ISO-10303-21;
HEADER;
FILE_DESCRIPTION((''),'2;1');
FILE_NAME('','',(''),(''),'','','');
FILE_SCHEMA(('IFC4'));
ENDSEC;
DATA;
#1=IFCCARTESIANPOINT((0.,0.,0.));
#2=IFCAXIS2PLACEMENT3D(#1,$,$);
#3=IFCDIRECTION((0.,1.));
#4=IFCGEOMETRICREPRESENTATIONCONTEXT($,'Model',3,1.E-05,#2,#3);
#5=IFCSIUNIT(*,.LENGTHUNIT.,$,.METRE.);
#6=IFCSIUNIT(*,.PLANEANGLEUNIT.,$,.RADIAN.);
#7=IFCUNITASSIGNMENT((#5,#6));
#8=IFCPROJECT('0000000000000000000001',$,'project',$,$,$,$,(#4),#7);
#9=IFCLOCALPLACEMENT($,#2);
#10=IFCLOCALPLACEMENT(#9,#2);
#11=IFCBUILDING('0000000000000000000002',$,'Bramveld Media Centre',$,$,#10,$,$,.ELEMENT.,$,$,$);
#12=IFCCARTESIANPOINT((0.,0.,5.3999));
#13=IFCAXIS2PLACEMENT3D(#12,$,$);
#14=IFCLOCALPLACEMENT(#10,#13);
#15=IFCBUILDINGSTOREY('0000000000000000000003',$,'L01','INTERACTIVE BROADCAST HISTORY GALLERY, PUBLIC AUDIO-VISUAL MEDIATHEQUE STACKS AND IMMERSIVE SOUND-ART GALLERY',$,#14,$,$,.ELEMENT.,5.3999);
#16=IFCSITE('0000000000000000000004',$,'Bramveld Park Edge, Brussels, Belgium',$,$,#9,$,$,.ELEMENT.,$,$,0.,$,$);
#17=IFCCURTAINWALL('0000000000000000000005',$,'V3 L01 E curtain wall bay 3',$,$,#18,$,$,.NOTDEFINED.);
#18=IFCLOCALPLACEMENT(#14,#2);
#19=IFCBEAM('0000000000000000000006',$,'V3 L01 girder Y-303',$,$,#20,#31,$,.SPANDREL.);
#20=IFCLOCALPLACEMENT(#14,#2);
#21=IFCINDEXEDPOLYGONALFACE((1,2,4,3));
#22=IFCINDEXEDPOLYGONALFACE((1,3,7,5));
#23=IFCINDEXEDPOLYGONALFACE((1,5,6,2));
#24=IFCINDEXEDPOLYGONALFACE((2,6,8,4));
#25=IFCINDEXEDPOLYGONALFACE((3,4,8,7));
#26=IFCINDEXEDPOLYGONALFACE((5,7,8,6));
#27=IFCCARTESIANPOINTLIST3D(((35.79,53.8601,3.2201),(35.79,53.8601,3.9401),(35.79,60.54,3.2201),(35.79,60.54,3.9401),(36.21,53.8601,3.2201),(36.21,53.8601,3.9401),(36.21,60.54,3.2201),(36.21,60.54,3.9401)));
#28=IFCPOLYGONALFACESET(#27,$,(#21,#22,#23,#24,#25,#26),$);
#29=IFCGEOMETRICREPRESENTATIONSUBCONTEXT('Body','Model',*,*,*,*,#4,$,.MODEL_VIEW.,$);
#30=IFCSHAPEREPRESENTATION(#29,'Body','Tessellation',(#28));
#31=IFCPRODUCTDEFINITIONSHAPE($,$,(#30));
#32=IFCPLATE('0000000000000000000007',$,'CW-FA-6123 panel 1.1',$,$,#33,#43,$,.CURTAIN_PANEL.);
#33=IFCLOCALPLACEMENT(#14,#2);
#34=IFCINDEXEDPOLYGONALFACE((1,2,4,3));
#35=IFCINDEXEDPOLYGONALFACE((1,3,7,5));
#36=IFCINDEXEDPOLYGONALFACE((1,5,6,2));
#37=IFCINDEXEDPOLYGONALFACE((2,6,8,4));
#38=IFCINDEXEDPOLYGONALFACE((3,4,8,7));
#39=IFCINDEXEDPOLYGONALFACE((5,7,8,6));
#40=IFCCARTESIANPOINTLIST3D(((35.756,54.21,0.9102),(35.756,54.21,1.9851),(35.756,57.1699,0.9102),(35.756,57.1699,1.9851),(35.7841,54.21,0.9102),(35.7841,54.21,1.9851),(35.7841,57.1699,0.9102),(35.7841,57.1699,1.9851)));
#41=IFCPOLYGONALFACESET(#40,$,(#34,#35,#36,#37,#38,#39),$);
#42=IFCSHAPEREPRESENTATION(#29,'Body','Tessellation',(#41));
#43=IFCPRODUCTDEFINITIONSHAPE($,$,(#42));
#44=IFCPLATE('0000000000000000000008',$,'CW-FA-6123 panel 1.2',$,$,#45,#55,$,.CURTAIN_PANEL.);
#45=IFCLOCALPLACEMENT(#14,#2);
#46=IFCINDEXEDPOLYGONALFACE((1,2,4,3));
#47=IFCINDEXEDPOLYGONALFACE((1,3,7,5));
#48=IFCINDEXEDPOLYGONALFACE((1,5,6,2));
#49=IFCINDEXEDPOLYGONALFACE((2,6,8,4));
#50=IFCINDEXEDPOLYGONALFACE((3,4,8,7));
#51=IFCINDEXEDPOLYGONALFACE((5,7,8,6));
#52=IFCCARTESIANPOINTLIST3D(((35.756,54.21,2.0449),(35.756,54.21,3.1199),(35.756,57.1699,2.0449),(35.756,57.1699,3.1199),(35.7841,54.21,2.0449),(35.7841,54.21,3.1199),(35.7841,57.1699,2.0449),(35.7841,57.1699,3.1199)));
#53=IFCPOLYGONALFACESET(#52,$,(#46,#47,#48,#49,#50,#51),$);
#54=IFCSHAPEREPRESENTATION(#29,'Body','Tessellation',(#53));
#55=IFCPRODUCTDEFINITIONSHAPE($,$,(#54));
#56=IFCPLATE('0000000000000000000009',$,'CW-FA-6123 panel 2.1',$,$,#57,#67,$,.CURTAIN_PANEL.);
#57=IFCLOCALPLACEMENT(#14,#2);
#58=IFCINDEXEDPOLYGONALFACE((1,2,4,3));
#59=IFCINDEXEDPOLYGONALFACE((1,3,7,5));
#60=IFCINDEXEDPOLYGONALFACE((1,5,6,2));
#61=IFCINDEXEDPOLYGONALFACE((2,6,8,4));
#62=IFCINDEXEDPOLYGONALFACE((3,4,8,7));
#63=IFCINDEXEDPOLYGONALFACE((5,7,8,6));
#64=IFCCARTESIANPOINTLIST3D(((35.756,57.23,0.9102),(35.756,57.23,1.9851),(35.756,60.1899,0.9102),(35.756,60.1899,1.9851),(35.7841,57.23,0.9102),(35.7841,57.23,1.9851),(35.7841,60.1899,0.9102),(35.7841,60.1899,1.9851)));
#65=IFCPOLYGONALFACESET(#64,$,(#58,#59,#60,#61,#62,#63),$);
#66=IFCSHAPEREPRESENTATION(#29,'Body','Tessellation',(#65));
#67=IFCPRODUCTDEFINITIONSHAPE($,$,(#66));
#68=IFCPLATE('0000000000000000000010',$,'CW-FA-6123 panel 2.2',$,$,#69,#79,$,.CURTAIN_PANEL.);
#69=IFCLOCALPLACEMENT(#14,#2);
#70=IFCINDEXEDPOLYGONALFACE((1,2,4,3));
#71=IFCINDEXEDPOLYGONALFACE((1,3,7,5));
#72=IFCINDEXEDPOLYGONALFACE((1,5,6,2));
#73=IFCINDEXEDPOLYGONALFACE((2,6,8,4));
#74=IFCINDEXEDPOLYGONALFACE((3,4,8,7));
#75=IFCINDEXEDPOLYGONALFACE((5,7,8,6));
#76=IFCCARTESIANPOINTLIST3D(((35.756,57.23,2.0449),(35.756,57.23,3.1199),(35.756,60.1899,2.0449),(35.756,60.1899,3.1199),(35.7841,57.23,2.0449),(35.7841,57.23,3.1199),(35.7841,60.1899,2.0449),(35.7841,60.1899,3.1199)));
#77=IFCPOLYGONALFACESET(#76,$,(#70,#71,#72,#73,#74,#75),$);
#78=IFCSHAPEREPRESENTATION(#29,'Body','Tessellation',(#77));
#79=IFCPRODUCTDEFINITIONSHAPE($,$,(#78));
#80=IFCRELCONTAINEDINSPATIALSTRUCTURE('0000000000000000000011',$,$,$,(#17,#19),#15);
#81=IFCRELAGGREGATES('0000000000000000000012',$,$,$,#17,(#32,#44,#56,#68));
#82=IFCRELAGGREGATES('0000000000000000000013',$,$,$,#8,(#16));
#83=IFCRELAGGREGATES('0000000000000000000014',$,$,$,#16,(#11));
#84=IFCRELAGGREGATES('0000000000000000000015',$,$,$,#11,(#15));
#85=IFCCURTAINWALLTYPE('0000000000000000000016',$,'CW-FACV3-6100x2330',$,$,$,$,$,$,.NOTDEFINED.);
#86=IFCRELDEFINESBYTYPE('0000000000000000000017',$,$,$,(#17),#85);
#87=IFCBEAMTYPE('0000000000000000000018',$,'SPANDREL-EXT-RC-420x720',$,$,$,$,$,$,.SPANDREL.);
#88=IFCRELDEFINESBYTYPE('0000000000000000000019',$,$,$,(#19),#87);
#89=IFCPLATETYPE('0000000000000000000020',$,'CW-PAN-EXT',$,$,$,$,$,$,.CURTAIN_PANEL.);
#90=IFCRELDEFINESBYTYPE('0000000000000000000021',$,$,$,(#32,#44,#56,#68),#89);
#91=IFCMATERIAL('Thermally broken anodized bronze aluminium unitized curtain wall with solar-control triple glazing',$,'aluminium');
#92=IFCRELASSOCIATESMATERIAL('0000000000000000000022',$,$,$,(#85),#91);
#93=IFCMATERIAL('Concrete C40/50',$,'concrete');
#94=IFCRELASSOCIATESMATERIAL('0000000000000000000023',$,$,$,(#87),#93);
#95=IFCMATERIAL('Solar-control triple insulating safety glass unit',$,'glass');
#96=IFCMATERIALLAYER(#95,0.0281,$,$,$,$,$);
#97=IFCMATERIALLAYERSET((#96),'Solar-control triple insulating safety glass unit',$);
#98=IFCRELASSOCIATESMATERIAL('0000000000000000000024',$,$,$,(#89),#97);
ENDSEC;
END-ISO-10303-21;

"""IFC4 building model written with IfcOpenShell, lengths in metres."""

from ifc_helpers import new_model, si_unit, direction, frame, origin, origin_2d, place, context, subcontext, project, spatial, rectangle, extrude, material, layer, layer_set, material_profile, profile_set, type_object, element, aggregate, save


model = new_model("IFC4")

# Units and contexts
model_context = context("Model", 3, precision=1e-05, world=origin(), true_north=direction((0.0, 1.0)))
body_context = subcontext(model_context, "Body", "Model", "MODEL_VIEW")
ifc_project = project(units=[si_unit("LENGTHUNIT", "METRE"), si_unit("PLANEANGLEUNIT", "RADIAN")], contexts=[model_context])

# Site, building, storey
site_placement = place(None, origin())
site = spatial("IfcSite", under=ifc_project, at=site_placement, Name="Bramveld Park Edge, Brussels, Belgium", CompositionType="ELEMENT", RefElevation=0.0)
building_placement = place(site_placement, origin())
building = spatial("IfcBuilding", under=site, at=building_placement, Name="Bramveld Media Centre", CompositionType="ELEMENT")
storey_placement = place(building_placement, frame((0.0, 0.0, 5.3999)))
storey = spatial("IfcBuildingStorey", under=building, at=storey_placement, Name="L01", Description="INTERACTIVE BROADCAST HISTORY GALLERY, PUBLIC AUDIO-VISUAL MEDIATHEQUE STACKS AND IMMERSIVE SOUND-ART GALLERY", CompositionType="ELEMENT", Elevation=5.3999)

# Curtain wall
ifc_material_1 = material(Name="Thermally broken anodized bronze aluminium unitized curtain wall with solar-control triple glazing", Category="aluminium")
curtain_wall_type = type_object("IfcCurtainWallType", Name="CW-FACV3-6100x2330", PredefinedType="NOTDEFINED", material=ifc_material_1)
curtain_wall_placement = place(storey_placement, origin())
curtain_wall = element("IfcCurtainWall", 1, at=curtain_wall_placement, inside=storey, type_object=curtain_wall_type, Name="V3 L01 E curtain wall bay 3", PredefinedType="NOTDEFINED")

# Beam
ifc_material_2 = material(Name="Concrete C40/50", Category="concrete")
ifc_material_profile_1 = material_profile(ifc_material_2, rectangle(XDim=0.4199, YDim=0.72, at=origin_2d()), Name="RC 420x720")
ifc_profile_set_1 = profile_set([ifc_material_profile_1], Name="Concrete C40/50")
beam_type_1 = type_object("IfcBeamType", Name="SPANDREL-EXT-RC-420x720", PredefinedType="SPANDREL", material=ifc_profile_set_1)
beam_1_placement = place(storey_placement, frame((36.0, 53.8601, 3.5801), z_axis=(0.0, 1.0, 0.0), x_axis=(-1.0, 0.0, 0.0)))
element("IfcBeam", 2, at=beam_1_placement, inside=storey, type_object=beam_type_1, Name="V3 L01 girder Y-303", PredefinedType="SPANDREL", context=body_context, shape_type="SweptSolid", body=[
    extrude(rectangle(XDim=0.4199, YDim=0.72, at=origin_2d()), origin(), (0.0, 0.0, 1.0), 6.6799),
])

# Plates
ifc_material_3 = material(Name="Solar-control triple insulating safety glass unit", Category="glass")
ifc_layer = layer(ifc_material_3, 0.0281)
ifc_layer_set = layer_set([ifc_layer], Name="Solar-control triple insulating safety glass unit")
plate_type = type_object("IfcPlateType", Name="CW-PAN-EXT", PredefinedType="CURTAIN_PANEL", material=ifc_layer_set)
plate_1_placement = place(storey_placement, frame((35.77, 55.6899, 0.9102), z_axis=(0.0, 0.0, 1.0), x_axis=(0.0, 1.0, 0.0)))
plate_1 = element("IfcPlate", 3, at=plate_1_placement, type_object=plate_type, Name="CW-FA-6123 panel 1.1", PredefinedType="CURTAIN_PANEL", context=body_context, shape_type="SweptSolid", body=[
    extrude(rectangle(XDim=2.96, YDim=0.0281, at=origin_2d()), origin(), (0.0, 0.0, 1.0), 1.075),
])
plate_2_placement = place(storey_placement, frame((35.77, 55.6899, 2.0449), z_axis=(0.0, 0.0, 1.0), x_axis=(0.0, 1.0, 0.0)))
plate_2 = element("IfcPlate", 4, at=plate_2_placement, type_object=plate_type, Name="CW-FA-6123 panel 1.2", PredefinedType="CURTAIN_PANEL", context=body_context, shape_type="SweptSolid", body=[
    extrude(rectangle(XDim=2.96, YDim=0.0281, at=origin_2d()), origin(), (0.0, 0.0, 1.0), 1.075),
])
plate_3_placement = place(storey_placement, frame((35.77, 58.71, 0.9102), z_axis=(0.0, 0.0, 1.0), x_axis=(0.0, 1.0, 0.0)))
plate_3 = element("IfcPlate", 5, at=plate_3_placement, type_object=plate_type, Name="CW-FA-6123 panel 2.1", PredefinedType="CURTAIN_PANEL", context=body_context, shape_type="SweptSolid", body=[
    extrude(rectangle(XDim=2.96, YDim=0.0281, at=origin_2d()), origin(), (0.0, 0.0, 1.0), 1.075),
])
plate_4_placement = place(storey_placement, frame((35.77, 58.71, 2.0449), z_axis=(0.0, 0.0, 1.0), x_axis=(0.0, 1.0, 0.0)))
plate_4 = element("IfcPlate", 6, at=plate_4_placement, type_object=plate_type, Name="CW-FA-6123 panel 2.2", PredefinedType="CURTAIN_PANEL", context=body_context, shape_type="SweptSolid", body=[
    extrude(rectangle(XDim=2.96, YDim=0.0281, at=origin_2d()), origin(), (0.0, 0.0, 1.0), 1.075),
])
aggregate(curtain_wall, [plate_1, plate_2, plate_3, plate_4])

save(model, "model.ifc")
